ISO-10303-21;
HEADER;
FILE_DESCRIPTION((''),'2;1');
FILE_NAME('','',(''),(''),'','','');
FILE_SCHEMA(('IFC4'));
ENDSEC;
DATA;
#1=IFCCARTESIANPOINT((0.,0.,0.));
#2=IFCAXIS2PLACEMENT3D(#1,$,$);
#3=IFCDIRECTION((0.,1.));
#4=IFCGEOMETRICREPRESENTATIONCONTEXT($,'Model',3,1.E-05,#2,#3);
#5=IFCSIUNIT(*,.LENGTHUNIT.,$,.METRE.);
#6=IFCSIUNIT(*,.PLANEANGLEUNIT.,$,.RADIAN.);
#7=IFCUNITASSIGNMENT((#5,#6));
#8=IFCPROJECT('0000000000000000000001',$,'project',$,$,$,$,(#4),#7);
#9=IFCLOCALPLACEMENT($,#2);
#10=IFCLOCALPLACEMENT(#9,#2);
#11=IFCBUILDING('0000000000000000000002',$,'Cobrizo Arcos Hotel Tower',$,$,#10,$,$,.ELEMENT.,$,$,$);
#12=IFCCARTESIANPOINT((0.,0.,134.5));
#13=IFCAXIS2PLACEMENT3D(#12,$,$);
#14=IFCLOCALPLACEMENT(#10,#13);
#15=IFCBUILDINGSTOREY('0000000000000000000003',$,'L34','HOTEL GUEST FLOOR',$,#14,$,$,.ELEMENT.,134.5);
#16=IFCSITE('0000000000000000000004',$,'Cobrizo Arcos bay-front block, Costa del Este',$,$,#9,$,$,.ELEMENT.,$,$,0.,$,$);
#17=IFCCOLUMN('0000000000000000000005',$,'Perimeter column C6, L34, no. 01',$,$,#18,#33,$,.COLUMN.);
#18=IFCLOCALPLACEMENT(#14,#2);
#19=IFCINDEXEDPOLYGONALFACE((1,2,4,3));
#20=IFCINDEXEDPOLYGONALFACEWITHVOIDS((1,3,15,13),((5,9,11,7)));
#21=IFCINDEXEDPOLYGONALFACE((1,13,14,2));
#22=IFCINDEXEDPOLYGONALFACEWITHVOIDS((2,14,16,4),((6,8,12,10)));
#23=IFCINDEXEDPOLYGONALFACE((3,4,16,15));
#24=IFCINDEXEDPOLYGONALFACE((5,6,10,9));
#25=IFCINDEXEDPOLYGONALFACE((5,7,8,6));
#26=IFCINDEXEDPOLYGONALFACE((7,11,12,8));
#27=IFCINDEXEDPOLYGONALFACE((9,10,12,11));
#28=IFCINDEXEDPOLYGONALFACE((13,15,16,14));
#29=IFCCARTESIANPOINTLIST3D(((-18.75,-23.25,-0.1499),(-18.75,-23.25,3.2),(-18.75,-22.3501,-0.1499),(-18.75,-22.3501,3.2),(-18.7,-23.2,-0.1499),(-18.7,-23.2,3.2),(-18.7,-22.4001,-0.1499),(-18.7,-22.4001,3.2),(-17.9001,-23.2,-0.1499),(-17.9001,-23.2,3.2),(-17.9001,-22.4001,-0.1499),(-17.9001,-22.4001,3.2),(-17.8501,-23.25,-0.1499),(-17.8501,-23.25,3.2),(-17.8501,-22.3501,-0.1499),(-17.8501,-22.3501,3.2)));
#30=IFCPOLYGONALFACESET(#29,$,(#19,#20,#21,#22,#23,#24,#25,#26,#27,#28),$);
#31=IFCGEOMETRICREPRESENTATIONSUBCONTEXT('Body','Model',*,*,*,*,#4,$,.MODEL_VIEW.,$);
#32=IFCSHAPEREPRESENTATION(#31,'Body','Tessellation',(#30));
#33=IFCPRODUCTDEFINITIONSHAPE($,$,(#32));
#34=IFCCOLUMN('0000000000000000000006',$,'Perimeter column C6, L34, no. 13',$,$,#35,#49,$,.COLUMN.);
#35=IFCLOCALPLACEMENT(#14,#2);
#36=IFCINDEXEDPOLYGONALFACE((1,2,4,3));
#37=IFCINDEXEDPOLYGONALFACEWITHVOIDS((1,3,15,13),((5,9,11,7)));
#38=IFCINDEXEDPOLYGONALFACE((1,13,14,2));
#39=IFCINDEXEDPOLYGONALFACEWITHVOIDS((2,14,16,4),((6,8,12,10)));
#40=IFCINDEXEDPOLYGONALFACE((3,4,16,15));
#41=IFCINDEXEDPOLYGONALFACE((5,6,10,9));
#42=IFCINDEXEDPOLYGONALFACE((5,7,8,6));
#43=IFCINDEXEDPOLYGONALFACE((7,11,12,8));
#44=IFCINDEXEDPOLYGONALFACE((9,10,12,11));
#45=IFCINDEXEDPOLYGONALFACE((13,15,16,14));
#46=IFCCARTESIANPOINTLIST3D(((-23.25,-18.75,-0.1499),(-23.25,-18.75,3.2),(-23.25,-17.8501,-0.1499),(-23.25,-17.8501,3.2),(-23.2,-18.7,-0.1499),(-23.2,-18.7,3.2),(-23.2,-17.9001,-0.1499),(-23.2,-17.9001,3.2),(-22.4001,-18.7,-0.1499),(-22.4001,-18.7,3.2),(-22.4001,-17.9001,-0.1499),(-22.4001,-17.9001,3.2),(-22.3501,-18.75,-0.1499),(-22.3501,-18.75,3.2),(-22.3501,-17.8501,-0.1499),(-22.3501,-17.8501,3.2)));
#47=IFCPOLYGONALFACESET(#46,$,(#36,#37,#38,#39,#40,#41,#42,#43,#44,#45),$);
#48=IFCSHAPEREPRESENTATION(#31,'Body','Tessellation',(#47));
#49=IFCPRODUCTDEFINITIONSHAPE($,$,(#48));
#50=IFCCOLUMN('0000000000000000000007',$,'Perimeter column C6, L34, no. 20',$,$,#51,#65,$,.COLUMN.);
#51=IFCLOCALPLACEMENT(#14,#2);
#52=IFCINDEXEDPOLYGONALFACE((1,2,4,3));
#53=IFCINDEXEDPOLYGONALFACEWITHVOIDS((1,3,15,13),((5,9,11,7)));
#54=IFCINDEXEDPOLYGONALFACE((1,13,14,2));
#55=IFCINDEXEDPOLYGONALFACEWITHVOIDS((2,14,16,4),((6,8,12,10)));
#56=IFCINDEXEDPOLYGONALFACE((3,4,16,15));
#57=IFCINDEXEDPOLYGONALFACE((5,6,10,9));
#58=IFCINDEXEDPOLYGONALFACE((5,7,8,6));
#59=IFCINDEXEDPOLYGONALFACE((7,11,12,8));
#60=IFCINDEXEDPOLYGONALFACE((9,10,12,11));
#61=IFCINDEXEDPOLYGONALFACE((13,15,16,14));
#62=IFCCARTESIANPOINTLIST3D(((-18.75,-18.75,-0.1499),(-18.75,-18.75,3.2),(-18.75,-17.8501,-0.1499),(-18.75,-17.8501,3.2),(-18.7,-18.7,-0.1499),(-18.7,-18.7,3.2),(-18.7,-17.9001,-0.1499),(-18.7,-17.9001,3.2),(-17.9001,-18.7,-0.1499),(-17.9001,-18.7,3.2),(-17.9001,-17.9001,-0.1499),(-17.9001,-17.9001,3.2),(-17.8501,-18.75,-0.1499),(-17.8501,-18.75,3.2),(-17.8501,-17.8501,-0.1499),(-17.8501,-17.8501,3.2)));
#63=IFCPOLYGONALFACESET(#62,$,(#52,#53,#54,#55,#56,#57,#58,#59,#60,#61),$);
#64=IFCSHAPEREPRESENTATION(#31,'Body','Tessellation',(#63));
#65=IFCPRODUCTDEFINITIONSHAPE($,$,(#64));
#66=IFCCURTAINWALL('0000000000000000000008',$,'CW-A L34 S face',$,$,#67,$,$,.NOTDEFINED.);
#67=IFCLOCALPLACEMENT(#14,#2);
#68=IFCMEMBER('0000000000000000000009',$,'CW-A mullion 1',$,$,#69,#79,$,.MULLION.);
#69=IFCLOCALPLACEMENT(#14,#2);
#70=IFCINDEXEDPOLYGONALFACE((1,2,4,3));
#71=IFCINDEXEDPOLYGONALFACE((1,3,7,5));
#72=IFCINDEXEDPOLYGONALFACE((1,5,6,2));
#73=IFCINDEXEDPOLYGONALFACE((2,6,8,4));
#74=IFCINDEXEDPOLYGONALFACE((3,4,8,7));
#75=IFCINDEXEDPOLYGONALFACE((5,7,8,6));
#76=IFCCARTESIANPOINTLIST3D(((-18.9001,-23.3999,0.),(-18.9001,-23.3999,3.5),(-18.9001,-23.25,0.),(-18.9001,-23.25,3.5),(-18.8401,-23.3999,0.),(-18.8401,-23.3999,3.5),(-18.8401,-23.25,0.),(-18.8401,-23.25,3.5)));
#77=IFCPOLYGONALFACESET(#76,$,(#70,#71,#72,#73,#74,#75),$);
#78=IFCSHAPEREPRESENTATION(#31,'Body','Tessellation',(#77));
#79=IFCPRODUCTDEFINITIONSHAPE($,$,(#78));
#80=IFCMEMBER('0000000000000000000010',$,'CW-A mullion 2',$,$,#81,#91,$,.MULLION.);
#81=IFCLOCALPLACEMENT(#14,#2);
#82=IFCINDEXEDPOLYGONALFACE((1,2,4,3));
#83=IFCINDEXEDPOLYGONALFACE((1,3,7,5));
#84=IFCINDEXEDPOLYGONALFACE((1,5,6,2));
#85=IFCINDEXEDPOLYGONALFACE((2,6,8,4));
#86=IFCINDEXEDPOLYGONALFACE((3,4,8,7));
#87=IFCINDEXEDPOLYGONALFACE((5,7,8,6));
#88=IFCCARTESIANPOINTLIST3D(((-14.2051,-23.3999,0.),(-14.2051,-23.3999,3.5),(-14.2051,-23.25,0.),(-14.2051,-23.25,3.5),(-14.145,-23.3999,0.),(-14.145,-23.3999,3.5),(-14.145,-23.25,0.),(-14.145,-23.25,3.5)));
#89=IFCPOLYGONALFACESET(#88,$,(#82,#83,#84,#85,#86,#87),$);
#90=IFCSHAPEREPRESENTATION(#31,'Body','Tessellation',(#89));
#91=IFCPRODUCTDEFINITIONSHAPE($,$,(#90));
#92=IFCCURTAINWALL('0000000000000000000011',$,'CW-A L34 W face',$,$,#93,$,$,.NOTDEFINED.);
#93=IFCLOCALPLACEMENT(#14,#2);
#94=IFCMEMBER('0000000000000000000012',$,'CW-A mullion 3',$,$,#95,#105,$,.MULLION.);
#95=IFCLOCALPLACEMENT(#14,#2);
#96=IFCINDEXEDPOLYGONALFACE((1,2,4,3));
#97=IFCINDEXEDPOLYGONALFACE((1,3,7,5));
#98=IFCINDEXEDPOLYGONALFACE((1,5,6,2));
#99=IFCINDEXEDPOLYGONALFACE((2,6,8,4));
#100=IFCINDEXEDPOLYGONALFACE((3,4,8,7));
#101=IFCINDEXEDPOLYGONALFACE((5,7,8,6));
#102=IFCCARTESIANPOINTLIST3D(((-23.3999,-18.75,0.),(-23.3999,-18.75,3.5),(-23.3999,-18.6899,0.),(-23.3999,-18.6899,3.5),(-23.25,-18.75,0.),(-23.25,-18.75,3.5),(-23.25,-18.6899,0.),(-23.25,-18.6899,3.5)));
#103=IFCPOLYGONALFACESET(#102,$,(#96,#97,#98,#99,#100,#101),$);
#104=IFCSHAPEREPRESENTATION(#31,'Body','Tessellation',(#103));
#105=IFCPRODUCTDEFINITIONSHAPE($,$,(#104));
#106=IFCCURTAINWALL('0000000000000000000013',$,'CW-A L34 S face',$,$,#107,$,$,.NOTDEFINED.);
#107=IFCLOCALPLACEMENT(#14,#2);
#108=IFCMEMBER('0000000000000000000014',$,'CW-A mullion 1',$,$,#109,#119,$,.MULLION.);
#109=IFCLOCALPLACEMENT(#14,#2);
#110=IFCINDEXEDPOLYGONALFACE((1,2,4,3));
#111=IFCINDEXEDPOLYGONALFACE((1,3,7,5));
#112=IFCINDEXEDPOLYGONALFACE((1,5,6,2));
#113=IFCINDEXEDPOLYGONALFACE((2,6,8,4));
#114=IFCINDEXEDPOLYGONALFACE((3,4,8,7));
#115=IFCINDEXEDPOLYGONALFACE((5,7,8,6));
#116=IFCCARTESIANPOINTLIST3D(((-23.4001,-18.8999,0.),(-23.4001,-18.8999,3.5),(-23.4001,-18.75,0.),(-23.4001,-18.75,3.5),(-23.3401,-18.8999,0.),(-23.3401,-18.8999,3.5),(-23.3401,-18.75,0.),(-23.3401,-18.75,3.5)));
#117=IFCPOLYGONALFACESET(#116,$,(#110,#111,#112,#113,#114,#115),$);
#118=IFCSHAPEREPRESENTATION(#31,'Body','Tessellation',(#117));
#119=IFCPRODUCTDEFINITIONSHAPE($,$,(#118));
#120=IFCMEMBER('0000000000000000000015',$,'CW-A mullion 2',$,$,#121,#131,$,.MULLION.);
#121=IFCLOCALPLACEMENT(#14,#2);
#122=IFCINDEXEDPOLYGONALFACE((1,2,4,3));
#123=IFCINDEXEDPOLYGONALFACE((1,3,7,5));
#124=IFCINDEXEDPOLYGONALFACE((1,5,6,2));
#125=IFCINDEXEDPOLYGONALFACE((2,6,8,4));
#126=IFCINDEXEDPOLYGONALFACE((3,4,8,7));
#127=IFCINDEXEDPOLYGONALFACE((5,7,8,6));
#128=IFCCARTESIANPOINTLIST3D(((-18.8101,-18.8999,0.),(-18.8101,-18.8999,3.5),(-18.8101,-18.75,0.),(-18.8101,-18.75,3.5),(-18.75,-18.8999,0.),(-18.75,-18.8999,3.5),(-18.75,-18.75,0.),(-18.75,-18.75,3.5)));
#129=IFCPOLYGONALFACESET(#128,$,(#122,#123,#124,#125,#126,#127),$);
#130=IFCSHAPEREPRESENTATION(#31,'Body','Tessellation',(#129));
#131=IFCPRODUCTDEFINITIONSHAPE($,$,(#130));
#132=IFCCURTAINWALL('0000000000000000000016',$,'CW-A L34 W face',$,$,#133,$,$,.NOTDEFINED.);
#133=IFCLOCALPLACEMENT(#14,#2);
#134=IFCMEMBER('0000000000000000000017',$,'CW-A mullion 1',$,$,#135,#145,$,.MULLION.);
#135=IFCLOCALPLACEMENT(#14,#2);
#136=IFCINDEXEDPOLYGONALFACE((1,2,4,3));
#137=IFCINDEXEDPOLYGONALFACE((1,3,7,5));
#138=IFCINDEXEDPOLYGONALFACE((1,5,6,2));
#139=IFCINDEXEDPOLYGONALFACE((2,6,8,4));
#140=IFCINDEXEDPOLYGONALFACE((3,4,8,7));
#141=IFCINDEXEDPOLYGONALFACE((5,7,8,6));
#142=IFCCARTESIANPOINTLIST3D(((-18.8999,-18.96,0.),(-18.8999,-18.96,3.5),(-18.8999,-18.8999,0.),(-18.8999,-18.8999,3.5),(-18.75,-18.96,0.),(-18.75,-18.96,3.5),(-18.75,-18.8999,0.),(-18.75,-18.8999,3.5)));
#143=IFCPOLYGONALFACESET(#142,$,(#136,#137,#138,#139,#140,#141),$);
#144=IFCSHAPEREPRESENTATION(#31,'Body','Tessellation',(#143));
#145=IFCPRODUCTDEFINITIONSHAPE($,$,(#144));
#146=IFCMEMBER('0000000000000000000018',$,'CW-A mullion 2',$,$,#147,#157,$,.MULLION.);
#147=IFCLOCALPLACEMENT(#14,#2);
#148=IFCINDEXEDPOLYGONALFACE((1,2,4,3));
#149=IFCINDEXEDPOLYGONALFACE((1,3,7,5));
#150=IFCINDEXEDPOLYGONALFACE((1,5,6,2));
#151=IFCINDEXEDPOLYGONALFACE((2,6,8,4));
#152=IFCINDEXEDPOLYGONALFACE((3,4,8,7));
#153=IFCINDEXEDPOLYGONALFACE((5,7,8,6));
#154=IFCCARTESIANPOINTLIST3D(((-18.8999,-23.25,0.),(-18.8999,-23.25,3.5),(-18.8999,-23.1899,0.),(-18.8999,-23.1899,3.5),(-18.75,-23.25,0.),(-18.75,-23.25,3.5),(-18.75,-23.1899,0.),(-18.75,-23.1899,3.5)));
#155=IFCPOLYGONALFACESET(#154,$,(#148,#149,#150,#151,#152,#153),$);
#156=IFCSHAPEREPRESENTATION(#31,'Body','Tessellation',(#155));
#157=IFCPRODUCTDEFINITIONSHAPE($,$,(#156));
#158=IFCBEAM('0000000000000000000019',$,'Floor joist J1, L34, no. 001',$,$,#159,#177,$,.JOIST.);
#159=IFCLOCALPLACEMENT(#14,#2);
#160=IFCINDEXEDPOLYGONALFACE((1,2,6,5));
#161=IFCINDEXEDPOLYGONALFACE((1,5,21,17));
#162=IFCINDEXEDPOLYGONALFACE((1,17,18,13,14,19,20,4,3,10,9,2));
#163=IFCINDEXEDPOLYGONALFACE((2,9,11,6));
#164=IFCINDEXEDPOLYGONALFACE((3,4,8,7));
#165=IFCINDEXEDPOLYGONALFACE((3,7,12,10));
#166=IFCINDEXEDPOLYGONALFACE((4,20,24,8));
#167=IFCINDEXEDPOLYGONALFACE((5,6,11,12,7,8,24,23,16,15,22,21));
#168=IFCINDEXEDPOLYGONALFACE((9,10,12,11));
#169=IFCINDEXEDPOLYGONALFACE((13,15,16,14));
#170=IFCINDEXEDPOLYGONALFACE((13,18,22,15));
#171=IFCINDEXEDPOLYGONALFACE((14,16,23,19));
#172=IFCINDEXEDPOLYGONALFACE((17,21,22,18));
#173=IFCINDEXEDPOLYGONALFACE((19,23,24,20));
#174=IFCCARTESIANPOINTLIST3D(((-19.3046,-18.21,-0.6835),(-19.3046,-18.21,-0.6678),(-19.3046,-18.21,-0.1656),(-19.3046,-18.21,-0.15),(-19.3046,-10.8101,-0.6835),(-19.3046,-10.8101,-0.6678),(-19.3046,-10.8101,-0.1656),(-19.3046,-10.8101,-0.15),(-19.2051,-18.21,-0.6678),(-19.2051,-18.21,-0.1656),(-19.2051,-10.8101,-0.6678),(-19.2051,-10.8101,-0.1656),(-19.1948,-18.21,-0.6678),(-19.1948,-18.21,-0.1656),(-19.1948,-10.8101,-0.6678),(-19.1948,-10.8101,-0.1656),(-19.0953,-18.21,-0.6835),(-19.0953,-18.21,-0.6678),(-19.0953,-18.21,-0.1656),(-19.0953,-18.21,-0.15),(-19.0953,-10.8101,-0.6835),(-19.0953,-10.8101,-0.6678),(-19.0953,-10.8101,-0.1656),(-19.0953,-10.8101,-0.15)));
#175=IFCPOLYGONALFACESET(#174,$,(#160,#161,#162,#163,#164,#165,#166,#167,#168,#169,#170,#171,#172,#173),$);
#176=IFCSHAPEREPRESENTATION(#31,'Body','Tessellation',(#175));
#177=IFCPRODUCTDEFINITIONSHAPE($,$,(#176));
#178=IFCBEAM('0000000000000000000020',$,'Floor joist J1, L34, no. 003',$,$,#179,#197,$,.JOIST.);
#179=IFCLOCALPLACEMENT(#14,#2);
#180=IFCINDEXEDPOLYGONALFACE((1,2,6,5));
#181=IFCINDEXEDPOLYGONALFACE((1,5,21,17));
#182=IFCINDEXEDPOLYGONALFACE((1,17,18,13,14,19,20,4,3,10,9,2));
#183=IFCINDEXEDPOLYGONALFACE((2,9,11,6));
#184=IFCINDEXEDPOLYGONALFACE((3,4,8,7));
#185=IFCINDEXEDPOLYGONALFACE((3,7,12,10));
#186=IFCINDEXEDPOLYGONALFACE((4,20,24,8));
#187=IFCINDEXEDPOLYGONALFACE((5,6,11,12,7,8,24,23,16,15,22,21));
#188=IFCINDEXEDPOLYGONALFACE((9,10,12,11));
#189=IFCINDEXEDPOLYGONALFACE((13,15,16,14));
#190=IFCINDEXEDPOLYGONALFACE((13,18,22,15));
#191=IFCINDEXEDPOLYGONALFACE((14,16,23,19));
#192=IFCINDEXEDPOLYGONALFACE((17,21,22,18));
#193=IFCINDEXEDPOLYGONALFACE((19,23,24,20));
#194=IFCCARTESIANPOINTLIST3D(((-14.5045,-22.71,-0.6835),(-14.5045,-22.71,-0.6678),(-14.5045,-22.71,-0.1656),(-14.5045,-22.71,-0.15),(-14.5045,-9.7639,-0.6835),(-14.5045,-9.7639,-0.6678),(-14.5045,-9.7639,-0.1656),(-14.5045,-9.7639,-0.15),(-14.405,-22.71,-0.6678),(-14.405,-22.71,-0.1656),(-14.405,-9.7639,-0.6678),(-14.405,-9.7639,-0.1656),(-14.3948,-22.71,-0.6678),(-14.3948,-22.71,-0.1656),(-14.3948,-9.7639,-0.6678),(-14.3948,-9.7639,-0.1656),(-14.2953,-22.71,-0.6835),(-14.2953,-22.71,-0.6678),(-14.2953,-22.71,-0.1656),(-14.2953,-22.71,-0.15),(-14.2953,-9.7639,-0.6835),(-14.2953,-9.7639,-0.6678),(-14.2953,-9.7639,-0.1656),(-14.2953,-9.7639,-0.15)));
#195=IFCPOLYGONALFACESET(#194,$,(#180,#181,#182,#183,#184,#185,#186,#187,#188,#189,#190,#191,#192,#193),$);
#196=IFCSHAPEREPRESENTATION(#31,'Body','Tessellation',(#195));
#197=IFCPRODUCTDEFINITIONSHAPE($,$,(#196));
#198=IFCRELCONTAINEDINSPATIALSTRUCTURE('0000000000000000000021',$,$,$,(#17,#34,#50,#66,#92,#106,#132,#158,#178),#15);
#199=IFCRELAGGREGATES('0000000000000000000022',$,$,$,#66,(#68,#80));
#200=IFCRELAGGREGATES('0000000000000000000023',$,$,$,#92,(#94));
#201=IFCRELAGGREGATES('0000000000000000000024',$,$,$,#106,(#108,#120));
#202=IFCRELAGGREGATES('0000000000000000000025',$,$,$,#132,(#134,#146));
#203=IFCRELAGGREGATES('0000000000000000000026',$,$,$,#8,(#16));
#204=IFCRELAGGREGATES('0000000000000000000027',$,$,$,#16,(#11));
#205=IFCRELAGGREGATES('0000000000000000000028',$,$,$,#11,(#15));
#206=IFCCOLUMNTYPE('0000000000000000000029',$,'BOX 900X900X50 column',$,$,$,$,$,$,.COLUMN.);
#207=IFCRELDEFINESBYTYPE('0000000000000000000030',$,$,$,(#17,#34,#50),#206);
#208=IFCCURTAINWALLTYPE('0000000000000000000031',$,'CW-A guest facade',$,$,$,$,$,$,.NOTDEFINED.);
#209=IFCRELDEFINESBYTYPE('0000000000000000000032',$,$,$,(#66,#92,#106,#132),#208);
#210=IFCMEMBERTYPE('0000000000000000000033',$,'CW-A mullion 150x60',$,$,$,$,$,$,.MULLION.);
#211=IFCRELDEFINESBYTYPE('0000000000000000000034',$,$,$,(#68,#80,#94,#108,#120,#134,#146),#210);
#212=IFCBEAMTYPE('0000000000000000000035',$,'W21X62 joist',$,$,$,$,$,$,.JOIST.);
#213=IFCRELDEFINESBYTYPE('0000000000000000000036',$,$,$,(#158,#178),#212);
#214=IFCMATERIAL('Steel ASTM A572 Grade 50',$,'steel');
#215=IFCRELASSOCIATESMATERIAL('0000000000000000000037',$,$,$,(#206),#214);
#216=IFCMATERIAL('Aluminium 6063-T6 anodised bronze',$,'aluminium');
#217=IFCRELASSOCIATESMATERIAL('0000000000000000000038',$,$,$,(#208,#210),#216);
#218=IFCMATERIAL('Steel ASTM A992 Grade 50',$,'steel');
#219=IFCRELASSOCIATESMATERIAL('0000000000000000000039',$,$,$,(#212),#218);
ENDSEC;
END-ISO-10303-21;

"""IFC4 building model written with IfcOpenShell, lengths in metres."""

from ifc_helpers import new_model, si_unit, direction, frame, origin, origin_2d, place, context, subcontext, project, spatial, rectangle, hollow_rectangle, i_section, extrude, material, material_profile, profile_set, type_object, element, aggregate, save


model = new_model("IFC4")

# Units and contexts
model_context = context("Model", 3, precision=1e-05, world=origin(), true_north=direction((0.0, 1.0)))
body_context = subcontext(model_context, "Body", "Model", "MODEL_VIEW")
ifc_project = project(units=[si_unit("LENGTHUNIT", "METRE"), si_unit("PLANEANGLEUNIT", "RADIAN")], contexts=[model_context])

# Site, building, storey
site_placement = place(None, origin())
site = spatial("IfcSite", under=ifc_project, at=site_placement, Name="Cobrizo Arcos bay-front block, Costa del Este", CompositionType="ELEMENT", RefElevation=0.0)
building_placement = place(site_placement, origin())
building = spatial("IfcBuilding", under=site, at=building_placement, Name="Cobrizo Arcos Hotel Tower", CompositionType="ELEMENT")
storey_placement = place(building_placement, frame((0.0, 0.0, 134.5)))
storey = spatial("IfcBuildingStorey", under=building, at=storey_placement, Name="L34", Description="HOTEL GUEST FLOOR", CompositionType="ELEMENT", Elevation=134.5)

# Columns
ifc_material_1 = material(Name="Steel ASTM A572 Grade 50", Category="steel")
ifc_material_profile_1 = material_profile(ifc_material_1, hollow_rectangle(XDim=0.8999, YDim=0.8999, WallThickness=0.05, at=origin_2d()), Name="BOX 900X900X50")
ifc_profile_set_1 = profile_set([ifc_material_profile_1], Name="Steel ASTM A572 Grade 50")
column_type = type_object("IfcColumnType", Name="BOX 900X900X50 column", PredefinedType="COLUMN", material=ifc_profile_set_1)
for number, where, z_axis, x_axis, name in (
    (1, (-18.3, -22.8, -0.1499), (0.0, 0.0, 1.0), (1.0, 0.0, 0.0), "Perimeter column C6, L34, no. 01"),
    (2, (-22.8, -18.3, -0.1499), (0.0, 0.0, 1.0), (1.0, 0.0, 0.0), "Perimeter column C6, L34, no. 13"),
    (3, (-18.3, -18.3, -0.1499), (0.0, 0.0, 1.0), (1.0, 0.0, 0.0), "Perimeter column C6, L34, no. 20"),
):
    element("IfcColumn", number, at=place(storey_placement, frame(where, z_axis=z_axis, x_axis=x_axis)), inside=storey, type_object=column_type, Name=name, PredefinedType="COLUMN", context=body_context, shape_type="SweptSolid", body=[
        extrude(hollow_rectangle(XDim=0.8999, YDim=0.8999, WallThickness=0.05, at=origin_2d()), origin(), (0.0, 0.0, 1.0), 3.3499),
    ])

# Curtain wall, members
ifc_material_2 = material(Name="Aluminium 6063-T6 anodised bronze", Category="aluminium")
curtain_wall_type = type_object("IfcCurtainWallType", Name="CW-A guest facade", PredefinedType="NOTDEFINED", material=ifc_material_2)
curtain_wall_1_placement = place(storey_placement, origin())
curtain_wall_1 = element("IfcCurtainWall", 4, at=curtain_wall_1_placement, inside=storey, type_object=curtain_wall_type, Name="CW-A L34 S face", PredefinedType="NOTDEFINED")
ifc_material_profile_2 = material_profile(ifc_material_2, rectangle(XDim=0.1499, YDim=0.0601, at=origin_2d()), Name="CW-A mullion 150x60")
ifc_profile_set_2 = profile_set([ifc_material_profile_2], Name="Aluminium 6063-T6 anodised bronze")
member_type = type_object("IfcMemberType", Name="CW-A mullion 150x60", PredefinedType="MULLION", material=ifc_profile_set_2)
member_1_placement = place(storey_placement, frame((-18.8701, -23.325, 0.0), z_axis=(0.0, 0.0, 1.0), x_axis=(0.0, -1.0, 0.0)))
member_1 = element("IfcMember", 5, at=member_1_placement, type_object=member_type, Name="CW-A mullion 1", PredefinedType="MULLION", context=body_context, shape_type="SweptSolid", body=[
    extrude(rectangle(XDim=0.1499, YDim=0.0601, at=origin_2d()), origin(), (0.0, 0.0, 1.0), 3.5),
])
member_2_placement = place(storey_placement, frame((-14.175, -23.325, 0.0), z_axis=(0.0, 0.0, 1.0), x_axis=(0.0, -1.0, 0.0)))
member_2 = element("IfcMember", 6, at=member_2_placement, type_object=member_type, Name="CW-A mullion 2", PredefinedType="MULLION", context=body_context, shape_type="SweptSolid", body=[
    extrude(rectangle(XDim=0.1499, YDim=0.0601, at=origin_2d()), origin(), (0.0, 0.0, 1.0), 3.5),
])

# Curtain wall, member
curtain_wall_2_placement = place(storey_placement, origin())
curtain_wall_2 = element("IfcCurtainWall", 7, at=curtain_wall_2_placement, inside=storey, type_object=curtain_wall_type, Name="CW-A L34 W face", PredefinedType="NOTDEFINED")
member_3_placement = place(storey_placement, frame((-23.325, -18.72, 0.0), z_axis=(0.0, 0.0, 1.0), x_axis=(-1.0, 0.0, 0.0)))
member_3 = element("IfcMember", 8, at=member_3_placement, type_object=member_type, Name="CW-A mullion 3", PredefinedType="MULLION", context=body_context, shape_type="SweptSolid", body=[
    extrude(rectangle(XDim=0.1499, YDim=0.0601, at=origin_2d()), origin(), (0.0, 0.0, 1.0), 3.5),
])

# Curtain walls, members
curtain_wall_3_placement = place(storey_placement, origin())
curtain_wall_3 = element("IfcCurtainWall", 9, at=curtain_wall_3_placement, inside=storey, type_object=curtain_wall_type, Name="CW-A L34 S face", PredefinedType="NOTDEFINED")
member_4_placement = place(storey_placement, frame((-23.3701, -18.825, 0.0), z_axis=(0.0, 0.0, 1.0), x_axis=(0.0, -1.0, 0.0)))
member_4 = element("IfcMember", 10, at=member_4_placement, type_object=member_type, Name="CW-A mullion 1", PredefinedType="MULLION", context=body_context, shape_type="SweptSolid", body=[
    extrude(rectangle(XDim=0.1499, YDim=0.0601, at=origin_2d()), origin(), (0.0, 0.0, 1.0), 3.5),
])
member_5_placement = place(storey_placement, frame((-18.78, -18.825, 0.0), z_axis=(0.0, 0.0, 1.0), x_axis=(0.0, -1.0, 0.0)))
member_5 = element("IfcMember", 11, at=member_5_placement, type_object=member_type, Name="CW-A mullion 2", PredefinedType="MULLION", context=body_context, shape_type="SweptSolid", body=[
    extrude(rectangle(XDim=0.1499, YDim=0.0601, at=origin_2d()), origin(), (0.0, 0.0, 1.0), 3.5),
])
curtain_wall_4_placement = place(storey_placement, origin())
curtain_wall_4 = element("IfcCurtainWall", 12, at=curtain_wall_4_placement, inside=storey, type_object=curtain_wall_type, Name="CW-A L34 W face", PredefinedType="NOTDEFINED")
member_6_placement = place(storey_placement, frame((-18.825, -18.9299, 0.0), z_axis=(0.0, 0.0, 1.0), x_axis=(-1.0, 0.0, 0.0)))
member_6 = element("IfcMember", 13, at=member_6_placement, type_object=member_type, Name="CW-A mullion 1", PredefinedType="MULLION", context=body_context, shape_type="SweptSolid", body=[
    extrude(rectangle(XDim=0.1499, YDim=0.0601, at=origin_2d()), origin(), (0.0, 0.0, 1.0), 3.5),
])
member_7_placement = place(storey_placement, frame((-18.825, -23.22, 0.0), z_axis=(0.0, 0.0, 1.0), x_axis=(-1.0, 0.0, 0.0)))
member_7 = element("IfcMember", 14, at=member_7_placement, type_object=member_type, Name="CW-A mullion 2", PredefinedType="MULLION", context=body_context, shape_type="SweptSolid", body=[
    extrude(rectangle(XDim=0.1499, YDim=0.0601, at=origin_2d()), origin(), (0.0, 0.0, 1.0), 3.5),
])

# Beams
ifc_material_3 = material(Name="Steel ASTM A992 Grade 50", Category="steel")
ifc_material_profile_3 = material_profile(ifc_material_3, i_section(OverallWidth=0.2092, OverallDepth=0.5334, WebThickness=0.0103, FlangeThickness=0.0156, at=origin_2d()), Name="W21X62")
ifc_profile_set_3 = profile_set([ifc_material_profile_3], Name="Steel ASTM A992 Grade 50")
beam_type_1 = type_object("IfcBeamType", Name="W21X62 joist", PredefinedType="JOIST", material=ifc_profile_set_3)
beam_1_placement = place(storey_placement, frame((-19.2, -18.21, -0.4167), z_axis=(0.0, 1.0, 0.0), x_axis=(-1.0, 0.0, 0.0)))
element("IfcBeam", 15, at=beam_1_placement, inside=storey, type_object=beam_type_1, Name="Floor joist J1, L34, no. 001", PredefinedType="JOIST", context=body_context, shape_type="SweptSolid", body=[
    extrude(i_section(OverallWidth=0.2092, OverallDepth=0.5334, WebThickness=0.0103, FlangeThickness=0.0156, at=origin_2d()), origin(), (0.0, 0.0, 1.0), 7.3999),
])
beam_2_placement = place(storey_placement, frame((-14.3999, -22.71, -0.4167), z_axis=(0.0, 1.0, 0.0), x_axis=(-1.0, 0.0, 0.0)))
element("IfcBeam", 16, at=beam_2_placement, inside=storey, type_object=beam_type_1, Name="Floor joist J1, L34, no. 003", PredefinedType="JOIST", context=body_context, shape_type="SweptSolid", body=[
    extrude(i_section(OverallWidth=0.2092, OverallDepth=0.5334, WebThickness=0.0103, FlangeThickness=0.0156, at=origin_2d()), origin(), (0.0, 0.0, 1.0), 12.946),
])

aggregate(curtain_wall_1, [member_1, member_2])
aggregate(curtain_wall_2, [member_3])
aggregate(curtain_wall_3, [member_4, member_5])
aggregate(curtain_wall_4, [member_6, member_7])

save(model, "model.ifc")
